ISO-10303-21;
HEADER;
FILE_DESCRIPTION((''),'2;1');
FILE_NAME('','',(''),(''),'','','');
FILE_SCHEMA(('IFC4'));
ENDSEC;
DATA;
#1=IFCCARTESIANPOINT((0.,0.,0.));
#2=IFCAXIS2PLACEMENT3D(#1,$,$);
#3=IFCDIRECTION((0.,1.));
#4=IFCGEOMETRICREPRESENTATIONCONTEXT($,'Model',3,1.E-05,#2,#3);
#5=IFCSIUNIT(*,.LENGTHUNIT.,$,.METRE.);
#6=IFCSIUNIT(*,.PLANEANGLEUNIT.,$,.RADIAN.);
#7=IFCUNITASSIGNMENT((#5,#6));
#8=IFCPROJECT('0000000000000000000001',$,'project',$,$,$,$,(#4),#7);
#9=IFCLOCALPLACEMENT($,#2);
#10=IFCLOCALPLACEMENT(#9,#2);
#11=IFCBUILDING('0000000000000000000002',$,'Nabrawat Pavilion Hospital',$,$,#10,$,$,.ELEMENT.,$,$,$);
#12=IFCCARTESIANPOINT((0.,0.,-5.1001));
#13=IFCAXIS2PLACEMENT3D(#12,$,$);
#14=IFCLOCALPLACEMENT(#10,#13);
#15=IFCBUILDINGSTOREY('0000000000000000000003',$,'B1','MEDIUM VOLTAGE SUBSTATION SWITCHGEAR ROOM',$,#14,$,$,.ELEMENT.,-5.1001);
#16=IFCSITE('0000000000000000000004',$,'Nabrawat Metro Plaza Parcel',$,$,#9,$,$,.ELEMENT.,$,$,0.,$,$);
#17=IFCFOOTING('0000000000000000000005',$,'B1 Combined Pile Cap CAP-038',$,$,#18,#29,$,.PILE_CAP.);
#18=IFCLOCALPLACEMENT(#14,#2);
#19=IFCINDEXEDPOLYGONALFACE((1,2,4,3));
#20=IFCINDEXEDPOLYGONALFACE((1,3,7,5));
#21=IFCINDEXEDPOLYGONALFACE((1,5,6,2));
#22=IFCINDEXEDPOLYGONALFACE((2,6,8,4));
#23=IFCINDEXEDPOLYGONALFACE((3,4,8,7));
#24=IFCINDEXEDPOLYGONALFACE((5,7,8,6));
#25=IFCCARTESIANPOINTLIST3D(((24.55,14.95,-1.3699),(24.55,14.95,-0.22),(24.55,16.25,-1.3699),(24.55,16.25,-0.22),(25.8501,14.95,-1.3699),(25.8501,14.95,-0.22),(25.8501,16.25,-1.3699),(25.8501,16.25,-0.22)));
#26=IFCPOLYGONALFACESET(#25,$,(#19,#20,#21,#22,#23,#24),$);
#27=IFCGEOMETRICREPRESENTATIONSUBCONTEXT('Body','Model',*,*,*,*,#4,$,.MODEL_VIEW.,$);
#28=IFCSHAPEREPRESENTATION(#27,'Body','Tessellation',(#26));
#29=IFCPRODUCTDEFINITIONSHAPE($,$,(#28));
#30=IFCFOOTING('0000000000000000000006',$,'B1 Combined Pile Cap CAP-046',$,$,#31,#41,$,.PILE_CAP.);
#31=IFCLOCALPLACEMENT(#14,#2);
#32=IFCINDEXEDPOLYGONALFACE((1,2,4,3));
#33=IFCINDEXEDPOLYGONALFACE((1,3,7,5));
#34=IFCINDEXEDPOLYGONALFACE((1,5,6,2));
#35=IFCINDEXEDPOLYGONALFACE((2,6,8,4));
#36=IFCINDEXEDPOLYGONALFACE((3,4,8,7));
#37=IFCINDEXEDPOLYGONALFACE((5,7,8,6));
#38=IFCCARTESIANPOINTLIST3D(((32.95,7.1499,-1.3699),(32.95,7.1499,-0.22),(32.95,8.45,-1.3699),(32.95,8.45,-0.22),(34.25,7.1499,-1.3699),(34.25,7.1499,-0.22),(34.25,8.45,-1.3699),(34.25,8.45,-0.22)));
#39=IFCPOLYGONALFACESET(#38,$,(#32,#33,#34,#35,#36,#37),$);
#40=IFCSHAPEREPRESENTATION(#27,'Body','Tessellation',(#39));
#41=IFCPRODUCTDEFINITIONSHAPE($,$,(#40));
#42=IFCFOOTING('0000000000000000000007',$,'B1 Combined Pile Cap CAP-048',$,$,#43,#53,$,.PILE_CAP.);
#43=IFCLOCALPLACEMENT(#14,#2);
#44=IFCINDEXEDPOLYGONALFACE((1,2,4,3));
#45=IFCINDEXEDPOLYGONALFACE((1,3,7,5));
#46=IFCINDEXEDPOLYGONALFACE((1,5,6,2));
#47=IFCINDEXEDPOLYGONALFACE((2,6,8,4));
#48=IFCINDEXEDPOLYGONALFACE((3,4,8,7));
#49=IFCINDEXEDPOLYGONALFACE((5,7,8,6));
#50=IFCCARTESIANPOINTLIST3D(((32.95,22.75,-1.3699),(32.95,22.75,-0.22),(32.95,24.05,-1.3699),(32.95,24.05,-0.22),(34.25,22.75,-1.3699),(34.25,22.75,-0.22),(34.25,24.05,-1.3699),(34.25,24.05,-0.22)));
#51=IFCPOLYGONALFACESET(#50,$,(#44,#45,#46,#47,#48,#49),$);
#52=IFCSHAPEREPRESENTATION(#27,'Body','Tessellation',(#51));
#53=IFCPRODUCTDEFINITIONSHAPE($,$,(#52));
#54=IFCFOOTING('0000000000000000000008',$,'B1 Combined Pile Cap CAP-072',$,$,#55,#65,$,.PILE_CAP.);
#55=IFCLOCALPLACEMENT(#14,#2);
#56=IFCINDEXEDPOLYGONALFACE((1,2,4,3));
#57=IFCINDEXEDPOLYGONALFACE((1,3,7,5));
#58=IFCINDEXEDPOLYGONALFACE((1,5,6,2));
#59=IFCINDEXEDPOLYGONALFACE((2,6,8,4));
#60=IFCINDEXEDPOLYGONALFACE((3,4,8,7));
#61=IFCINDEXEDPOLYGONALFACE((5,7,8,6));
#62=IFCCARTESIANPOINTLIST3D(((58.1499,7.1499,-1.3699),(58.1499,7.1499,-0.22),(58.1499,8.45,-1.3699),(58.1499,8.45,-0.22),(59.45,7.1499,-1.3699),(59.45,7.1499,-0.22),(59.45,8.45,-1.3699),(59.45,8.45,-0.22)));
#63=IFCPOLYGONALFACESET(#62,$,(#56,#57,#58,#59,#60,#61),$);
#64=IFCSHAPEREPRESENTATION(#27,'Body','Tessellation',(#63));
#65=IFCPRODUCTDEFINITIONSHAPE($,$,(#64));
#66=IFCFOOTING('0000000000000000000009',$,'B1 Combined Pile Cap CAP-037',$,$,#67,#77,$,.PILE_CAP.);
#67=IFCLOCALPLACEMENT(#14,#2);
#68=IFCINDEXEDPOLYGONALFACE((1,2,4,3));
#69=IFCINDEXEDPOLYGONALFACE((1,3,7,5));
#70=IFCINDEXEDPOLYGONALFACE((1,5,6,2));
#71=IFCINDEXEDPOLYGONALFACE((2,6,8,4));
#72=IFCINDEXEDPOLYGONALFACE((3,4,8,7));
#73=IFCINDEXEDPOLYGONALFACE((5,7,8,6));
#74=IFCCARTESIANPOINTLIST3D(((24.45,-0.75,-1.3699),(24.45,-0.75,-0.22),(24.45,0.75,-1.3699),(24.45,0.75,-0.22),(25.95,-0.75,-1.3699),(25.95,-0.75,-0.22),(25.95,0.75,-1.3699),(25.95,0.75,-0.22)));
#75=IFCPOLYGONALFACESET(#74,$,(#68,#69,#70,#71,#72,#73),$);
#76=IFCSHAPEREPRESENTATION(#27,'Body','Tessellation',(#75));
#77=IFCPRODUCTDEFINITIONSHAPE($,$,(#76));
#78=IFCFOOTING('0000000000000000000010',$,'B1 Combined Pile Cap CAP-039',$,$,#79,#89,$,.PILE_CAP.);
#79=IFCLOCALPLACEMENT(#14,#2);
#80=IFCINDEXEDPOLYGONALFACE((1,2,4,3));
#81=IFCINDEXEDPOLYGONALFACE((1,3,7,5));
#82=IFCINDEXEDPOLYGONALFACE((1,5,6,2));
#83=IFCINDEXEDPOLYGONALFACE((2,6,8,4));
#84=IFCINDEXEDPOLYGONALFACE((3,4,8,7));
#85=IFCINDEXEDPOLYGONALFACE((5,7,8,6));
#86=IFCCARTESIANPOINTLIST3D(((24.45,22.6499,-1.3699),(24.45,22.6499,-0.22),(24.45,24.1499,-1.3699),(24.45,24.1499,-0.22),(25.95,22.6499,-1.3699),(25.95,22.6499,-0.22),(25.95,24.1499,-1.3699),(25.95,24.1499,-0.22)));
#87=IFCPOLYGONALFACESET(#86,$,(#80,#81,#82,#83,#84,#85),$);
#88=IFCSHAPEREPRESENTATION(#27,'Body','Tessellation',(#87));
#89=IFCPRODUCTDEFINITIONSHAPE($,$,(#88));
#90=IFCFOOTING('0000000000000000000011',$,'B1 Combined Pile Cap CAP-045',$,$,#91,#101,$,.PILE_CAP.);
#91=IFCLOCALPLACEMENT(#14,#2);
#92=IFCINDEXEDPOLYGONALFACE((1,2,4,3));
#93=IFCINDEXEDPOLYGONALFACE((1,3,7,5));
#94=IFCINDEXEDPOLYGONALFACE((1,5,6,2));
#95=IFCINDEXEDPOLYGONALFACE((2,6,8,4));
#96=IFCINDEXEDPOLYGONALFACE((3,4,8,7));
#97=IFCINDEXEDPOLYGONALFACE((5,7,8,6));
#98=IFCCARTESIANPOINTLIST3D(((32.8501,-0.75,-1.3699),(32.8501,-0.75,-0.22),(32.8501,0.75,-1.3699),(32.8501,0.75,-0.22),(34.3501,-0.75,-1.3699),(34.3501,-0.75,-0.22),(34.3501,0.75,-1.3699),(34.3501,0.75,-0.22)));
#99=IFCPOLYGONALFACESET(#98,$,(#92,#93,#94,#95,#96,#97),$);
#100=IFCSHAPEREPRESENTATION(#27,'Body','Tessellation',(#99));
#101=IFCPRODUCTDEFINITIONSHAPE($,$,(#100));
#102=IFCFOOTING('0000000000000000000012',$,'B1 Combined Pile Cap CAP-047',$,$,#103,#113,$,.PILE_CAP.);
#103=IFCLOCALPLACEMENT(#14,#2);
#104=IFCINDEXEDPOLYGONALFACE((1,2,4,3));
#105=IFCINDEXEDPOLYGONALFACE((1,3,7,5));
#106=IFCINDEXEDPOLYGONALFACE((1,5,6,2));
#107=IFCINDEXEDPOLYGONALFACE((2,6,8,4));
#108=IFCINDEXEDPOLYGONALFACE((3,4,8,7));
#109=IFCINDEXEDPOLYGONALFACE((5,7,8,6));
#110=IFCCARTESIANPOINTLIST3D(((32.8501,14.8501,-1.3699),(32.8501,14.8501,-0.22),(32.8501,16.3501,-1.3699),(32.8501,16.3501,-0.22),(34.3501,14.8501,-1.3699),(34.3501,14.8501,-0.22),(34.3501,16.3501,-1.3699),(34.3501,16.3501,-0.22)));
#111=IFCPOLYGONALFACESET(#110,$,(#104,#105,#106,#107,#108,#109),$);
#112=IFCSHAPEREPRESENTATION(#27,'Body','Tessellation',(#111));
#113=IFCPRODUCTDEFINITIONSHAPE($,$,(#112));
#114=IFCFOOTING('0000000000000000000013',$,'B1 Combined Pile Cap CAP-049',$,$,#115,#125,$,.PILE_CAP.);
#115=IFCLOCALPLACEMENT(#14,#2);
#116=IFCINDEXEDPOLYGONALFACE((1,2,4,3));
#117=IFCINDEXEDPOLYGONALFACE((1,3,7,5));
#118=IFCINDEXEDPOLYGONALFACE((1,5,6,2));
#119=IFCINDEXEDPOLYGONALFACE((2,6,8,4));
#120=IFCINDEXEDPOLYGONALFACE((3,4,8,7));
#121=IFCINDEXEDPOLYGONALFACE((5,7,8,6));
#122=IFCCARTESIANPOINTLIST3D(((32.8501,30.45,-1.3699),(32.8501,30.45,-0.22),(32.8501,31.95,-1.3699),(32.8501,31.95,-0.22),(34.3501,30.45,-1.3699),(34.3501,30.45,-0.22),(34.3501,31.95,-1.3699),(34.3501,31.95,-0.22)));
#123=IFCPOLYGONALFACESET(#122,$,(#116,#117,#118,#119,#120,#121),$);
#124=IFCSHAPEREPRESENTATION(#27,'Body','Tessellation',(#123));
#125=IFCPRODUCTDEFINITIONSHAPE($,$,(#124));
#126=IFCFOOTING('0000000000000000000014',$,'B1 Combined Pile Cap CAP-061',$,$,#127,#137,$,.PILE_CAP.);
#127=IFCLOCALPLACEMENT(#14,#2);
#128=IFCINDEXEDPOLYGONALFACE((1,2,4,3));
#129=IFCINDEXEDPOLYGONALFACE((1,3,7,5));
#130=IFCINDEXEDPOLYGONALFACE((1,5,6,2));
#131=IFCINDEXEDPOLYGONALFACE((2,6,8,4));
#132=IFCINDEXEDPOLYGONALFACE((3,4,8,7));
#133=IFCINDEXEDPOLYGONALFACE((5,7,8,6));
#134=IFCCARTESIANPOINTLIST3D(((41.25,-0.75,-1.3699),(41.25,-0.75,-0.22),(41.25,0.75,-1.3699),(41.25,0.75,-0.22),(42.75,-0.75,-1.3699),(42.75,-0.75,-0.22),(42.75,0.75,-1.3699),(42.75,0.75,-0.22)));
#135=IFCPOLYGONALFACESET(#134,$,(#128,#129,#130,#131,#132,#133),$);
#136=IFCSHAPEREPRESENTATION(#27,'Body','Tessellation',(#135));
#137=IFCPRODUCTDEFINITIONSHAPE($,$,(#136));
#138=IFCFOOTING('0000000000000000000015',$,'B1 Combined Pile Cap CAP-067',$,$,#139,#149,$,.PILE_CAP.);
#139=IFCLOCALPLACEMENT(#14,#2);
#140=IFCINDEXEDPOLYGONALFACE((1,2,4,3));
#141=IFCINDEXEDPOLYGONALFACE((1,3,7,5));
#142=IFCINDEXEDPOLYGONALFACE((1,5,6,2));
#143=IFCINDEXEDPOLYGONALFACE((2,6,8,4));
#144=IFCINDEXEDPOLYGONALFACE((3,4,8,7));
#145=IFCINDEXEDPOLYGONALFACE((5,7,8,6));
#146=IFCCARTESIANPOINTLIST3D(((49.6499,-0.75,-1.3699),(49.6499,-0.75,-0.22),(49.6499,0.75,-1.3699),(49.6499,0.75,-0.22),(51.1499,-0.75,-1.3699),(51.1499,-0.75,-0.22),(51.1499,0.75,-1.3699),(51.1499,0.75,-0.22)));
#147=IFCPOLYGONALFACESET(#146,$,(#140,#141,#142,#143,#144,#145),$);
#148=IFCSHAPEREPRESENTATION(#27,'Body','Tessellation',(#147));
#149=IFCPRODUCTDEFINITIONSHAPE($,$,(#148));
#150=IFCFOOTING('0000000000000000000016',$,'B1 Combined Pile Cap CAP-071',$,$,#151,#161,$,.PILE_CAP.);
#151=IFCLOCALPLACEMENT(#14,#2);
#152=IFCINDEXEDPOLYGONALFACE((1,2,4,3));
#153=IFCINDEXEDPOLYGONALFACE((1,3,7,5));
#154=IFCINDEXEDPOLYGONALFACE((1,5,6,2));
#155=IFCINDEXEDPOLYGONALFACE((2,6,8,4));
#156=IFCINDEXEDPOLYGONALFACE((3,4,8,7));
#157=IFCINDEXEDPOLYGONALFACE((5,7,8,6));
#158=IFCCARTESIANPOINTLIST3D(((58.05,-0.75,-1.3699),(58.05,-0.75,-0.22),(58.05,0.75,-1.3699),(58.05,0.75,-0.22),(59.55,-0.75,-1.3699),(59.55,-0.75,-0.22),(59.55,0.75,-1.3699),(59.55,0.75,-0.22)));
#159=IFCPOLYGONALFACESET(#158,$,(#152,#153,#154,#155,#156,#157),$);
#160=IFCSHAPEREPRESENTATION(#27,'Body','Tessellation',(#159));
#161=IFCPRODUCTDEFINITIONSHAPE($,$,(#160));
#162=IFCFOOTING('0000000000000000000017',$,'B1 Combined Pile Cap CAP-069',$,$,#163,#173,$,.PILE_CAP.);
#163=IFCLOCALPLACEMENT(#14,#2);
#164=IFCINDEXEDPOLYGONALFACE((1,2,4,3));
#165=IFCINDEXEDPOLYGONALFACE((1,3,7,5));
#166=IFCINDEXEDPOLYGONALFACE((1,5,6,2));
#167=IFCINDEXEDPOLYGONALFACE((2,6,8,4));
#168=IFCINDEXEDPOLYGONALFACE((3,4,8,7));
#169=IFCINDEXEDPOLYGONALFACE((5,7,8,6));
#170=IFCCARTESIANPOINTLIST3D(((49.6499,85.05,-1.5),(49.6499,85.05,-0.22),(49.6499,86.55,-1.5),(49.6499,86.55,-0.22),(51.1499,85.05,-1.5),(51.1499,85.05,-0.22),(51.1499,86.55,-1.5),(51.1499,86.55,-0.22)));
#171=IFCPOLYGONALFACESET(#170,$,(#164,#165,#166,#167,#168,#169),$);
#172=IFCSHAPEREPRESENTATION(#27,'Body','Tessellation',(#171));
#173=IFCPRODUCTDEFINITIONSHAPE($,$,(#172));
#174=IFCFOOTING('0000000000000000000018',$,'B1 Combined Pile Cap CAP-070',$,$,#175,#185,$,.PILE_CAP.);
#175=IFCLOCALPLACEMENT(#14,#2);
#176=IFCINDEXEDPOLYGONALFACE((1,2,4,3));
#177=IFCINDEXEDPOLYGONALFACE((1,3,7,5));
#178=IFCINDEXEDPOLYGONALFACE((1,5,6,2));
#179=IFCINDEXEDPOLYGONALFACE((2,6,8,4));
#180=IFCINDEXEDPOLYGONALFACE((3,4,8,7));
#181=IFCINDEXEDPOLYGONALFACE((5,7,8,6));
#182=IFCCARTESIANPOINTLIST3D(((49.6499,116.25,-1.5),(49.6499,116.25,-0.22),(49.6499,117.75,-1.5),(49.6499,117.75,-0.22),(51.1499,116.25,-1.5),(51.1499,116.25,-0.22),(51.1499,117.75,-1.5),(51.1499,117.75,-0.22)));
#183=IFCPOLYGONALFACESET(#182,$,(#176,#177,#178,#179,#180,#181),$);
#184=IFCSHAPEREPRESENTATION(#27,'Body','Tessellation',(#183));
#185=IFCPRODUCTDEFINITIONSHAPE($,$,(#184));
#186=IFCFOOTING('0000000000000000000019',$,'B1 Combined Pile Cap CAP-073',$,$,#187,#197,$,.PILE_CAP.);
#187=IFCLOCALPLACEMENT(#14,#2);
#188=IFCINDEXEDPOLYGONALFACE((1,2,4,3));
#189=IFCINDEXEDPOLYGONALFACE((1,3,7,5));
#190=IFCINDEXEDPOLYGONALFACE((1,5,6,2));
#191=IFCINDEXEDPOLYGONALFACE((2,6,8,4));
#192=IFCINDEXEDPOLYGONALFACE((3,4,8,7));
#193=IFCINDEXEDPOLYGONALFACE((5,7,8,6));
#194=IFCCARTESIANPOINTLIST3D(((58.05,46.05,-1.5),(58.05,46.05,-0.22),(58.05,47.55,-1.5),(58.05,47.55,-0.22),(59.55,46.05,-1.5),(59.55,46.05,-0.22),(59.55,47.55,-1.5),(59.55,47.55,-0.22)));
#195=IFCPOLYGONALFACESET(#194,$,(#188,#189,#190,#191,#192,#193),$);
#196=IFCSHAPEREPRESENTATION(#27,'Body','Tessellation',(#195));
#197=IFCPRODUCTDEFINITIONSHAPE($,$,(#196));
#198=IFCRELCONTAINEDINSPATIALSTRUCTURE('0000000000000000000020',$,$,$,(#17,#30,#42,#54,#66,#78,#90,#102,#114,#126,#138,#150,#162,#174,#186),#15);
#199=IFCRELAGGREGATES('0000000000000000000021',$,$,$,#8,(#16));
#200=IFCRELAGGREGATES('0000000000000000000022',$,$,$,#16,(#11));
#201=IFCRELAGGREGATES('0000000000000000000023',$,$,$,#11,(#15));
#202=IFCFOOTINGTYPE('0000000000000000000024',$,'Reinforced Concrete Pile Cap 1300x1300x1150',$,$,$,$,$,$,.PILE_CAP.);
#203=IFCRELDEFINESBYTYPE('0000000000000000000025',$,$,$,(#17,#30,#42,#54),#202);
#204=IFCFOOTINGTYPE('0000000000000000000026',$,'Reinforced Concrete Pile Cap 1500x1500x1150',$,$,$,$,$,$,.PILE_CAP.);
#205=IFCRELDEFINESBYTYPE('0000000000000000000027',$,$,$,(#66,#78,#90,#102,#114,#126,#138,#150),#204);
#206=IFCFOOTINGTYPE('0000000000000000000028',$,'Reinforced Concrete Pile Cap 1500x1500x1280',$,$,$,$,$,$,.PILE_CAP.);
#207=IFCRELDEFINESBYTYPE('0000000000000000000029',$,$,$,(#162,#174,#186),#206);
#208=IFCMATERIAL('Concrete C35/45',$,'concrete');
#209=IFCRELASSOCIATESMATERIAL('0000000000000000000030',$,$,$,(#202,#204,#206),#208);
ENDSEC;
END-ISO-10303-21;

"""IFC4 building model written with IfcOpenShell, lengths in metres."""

from ifc_helpers import new_model, si_unit, direction, frame, origin, place, context, subcontext, project, spatial, polyline, outline, extrude, material, type_object, element, save


model = new_model("IFC4")

# Units and contexts
model_context = context("Model", 3, precision=1e-05, world=origin(), true_north=direction((0.0, 1.0)))
body_context = subcontext(model_context, "Body", "Model", "MODEL_VIEW")
ifc_project = project(units=[si_unit("LENGTHUNIT", "METRE"), si_unit("PLANEANGLEUNIT", "RADIAN")], contexts=[model_context])

# Site, building, storey
site_placement = place(None, origin())
site = spatial("IfcSite", under=ifc_project, at=site_placement, Name="Nabrawat Metro Plaza Parcel", CompositionType="ELEMENT", RefElevation=0.0)
building_placement = place(site_placement, origin())
building = spatial("IfcBuilding", under=site, at=building_placement, Name="Nabrawat Pavilion Hospital", CompositionType="ELEMENT")
storey_placement = place(building_placement, frame((0.0, 0.0, -5.1001)))
storey = spatial("IfcBuildingStorey", under=building, at=storey_placement, Name="B1", Description="MEDIUM VOLTAGE SUBSTATION SWITCHGEAR ROOM", CompositionType="ELEMENT", Elevation=-5.1001)

# Footings
ifc_material = material(Name="Concrete C35/45", Category="concrete")
footing_type_1 = type_object("IfcFootingType", Name="Reinforced Concrete Pile Cap 1300x1300x1150", PredefinedType="PILE_CAP", material=ifc_material)
footing_1_placement = place(storey_placement, frame((0.0, 0.0, -1.3699)))
element("IfcFooting", 1, at=footing_1_placement, inside=storey, type_object=footing_type_1, Name="B1 Combined Pile Cap CAP-038", PredefinedType="PILE_CAP", context=body_context, shape_type="SweptSolid", body=[
    extrude(outline(polyline([(25.8501, 14.95), (25.8501, 16.25), (24.55, 16.25), (24.55, 14.95), (25.8501, 14.95)])), origin(), (0.0, 0.0, 1.0), 1.1499),
])
footing_2_placement = place(storey_placement, frame((0.0, 0.0, -1.3699)))
element("IfcFooting", 2, at=footing_2_placement, inside=storey, type_object=footing_type_1, Name="B1 Combined Pile Cap CAP-046", PredefinedType="PILE_CAP", context=body_context, shape_type="SweptSolid", body=[
    extrude(outline(polyline([(34.25, 7.1499), (34.25, 8.45), (32.95, 8.45), (32.95, 7.1499), (34.25, 7.1499)])), origin(), (0.0, 0.0, 1.0), 1.1499),
])
footing_3_placement = place(storey_placement, frame((0.0, 0.0, -1.3699)))
element("IfcFooting", 3, at=footing_3_placement, inside=storey, type_object=footing_type_1, Name="B1 Combined Pile Cap CAP-048", PredefinedType="PILE_CAP", context=body_context, shape_type="SweptSolid", body=[
    extrude(outline(polyline([(34.25, 22.75), (34.25, 24.05), (32.95, 24.05), (32.95, 22.75), (34.25, 22.75)])), origin(), (0.0, 0.0, 1.0), 1.1499),
])
footing_4_placement = place(storey_placement, frame((0.0, 0.0, -1.3699)))
element("IfcFooting", 4, at=footing_4_placement, inside=storey, type_object=footing_type_1, Name="B1 Combined Pile Cap CAP-072", PredefinedType="PILE_CAP", context=body_context, shape_type="SweptSolid", body=[
    extrude(outline(polyline([(59.45, 7.1499), (59.45, 8.45), (58.1499, 8.45), (58.1499, 7.1499), (59.45, 7.1499)])), origin(), (0.0, 0.0, 1.0), 1.1499),
])
footing_type_2 = type_object("IfcFootingType", Name="Reinforced Concrete Pile Cap 1500x1500x1150", PredefinedType="PILE_CAP", material=ifc_material)
footing_5_placement = place(storey_placement, frame((0.0, 0.0, -1.3699)))
element("IfcFooting", 5, at=footing_5_placement, inside=storey, type_object=footing_type_2, Name="B1 Combined Pile Cap CAP-037", PredefinedType="PILE_CAP", context=body_context, shape_type="SweptSolid", body=[
    extrude(outline(polyline([(25.95, -0.75), (25.95, 0.75), (24.45, 0.75), (24.45, -0.75), (25.95, -0.75)])), origin(), (0.0, 0.0, 1.0), 1.1499),
])
footing_6_placement = place(storey_placement, frame((0.0, 0.0, -1.3699)))
element("IfcFooting", 6, at=footing_6_placement, inside=storey, type_object=footing_type_2, Name="B1 Combined Pile Cap CAP-039", PredefinedType="PILE_CAP", context=body_context, shape_type="SweptSolid", body=[
    extrude(outline(polyline([(25.95, 22.6499), (25.95, 24.1499), (24.45, 24.1499), (24.45, 22.6499), (25.95, 22.6499)])), origin(), (0.0, 0.0, 1.0), 1.1499),
])
footing_7_placement = place(storey_placement, frame((0.0, 0.0, -1.3699)))
element("IfcFooting", 7, at=footing_7_placement, inside=storey, type_object=footing_type_2, Name="B1 Combined Pile Cap CAP-045", PredefinedType="PILE_CAP", context=body_context, shape_type="SweptSolid", body=[
    extrude(outline(polyline([(34.3501, -0.75), (34.3501, 0.75), (32.8501, 0.75), (32.8501, -0.75), (34.3501, -0.75)])), origin(), (0.0, 0.0, 1.0), 1.1499),
])
footing_8_placement = place(storey_placement, frame((0.0, 0.0, -1.3699)))
element("IfcFooting", 8, at=footing_8_placement, inside=storey, type_object=footing_type_2, Name="B1 Combined Pile Cap CAP-047", PredefinedType="PILE_CAP", context=body_context, shape_type="SweptSolid", body=[
    extrude(outline(polyline([(34.3501, 14.8501), (34.3501, 16.3501), (32.8501, 16.3501), (32.8501, 14.8501), (34.3501, 14.8501)])), origin(), (0.0, 0.0, 1.0), 1.1499),
])
footing_9_placement = place(storey_placement, frame((0.0, 0.0, -1.3699)))
element("IfcFooting", 9, at=footing_9_placement, inside=storey, type_object=footing_type_2, Name="B1 Combined Pile Cap CAP-049", PredefinedType="PILE_CAP", context=body_context, shape_type="SweptSolid", body=[
    extrude(outline(polyline([(34.3501, 30.45), (34.3501, 31.95), (32.8501, 31.95), (32.8501, 30.45), (34.3501, 30.45)])), origin(), (0.0, 0.0, 1.0), 1.1499),
])
footing_10_placement = place(storey_placement, frame((0.0, 0.0, -1.3699)))
element("IfcFooting", 10, at=footing_10_placement, inside=storey, type_object=footing_type_2, Name="B1 Combined Pile Cap CAP-061", PredefinedType="PILE_CAP", context=body_context, shape_type="SweptSolid", body=[
    extrude(outline(polyline([(42.75, -0.75), (42.75, 0.75), (41.25, 0.75), (41.25, -0.75), (42.75, -0.75)])), origin(), (0.0, 0.0, 1.0), 1.1499),
])
footing_11_placement = place(storey_placement, frame((0.0, 0.0, -1.3699)))
element("IfcFooting", 11, at=footing_11_placement, inside=storey, type_object=footing_type_2, Name="B1 Combined Pile Cap CAP-067", PredefinedType="PILE_CAP", context=body_context, shape_type="SweptSolid", body=[
    extrude(outline(polyline([(51.1499, -0.75), (51.1499, 0.75), (49.6499, 0.75), (49.6499, -0.75), (51.1499, -0.75)])), origin(), (0.0, 0.0, 1.0), 1.1499),
])
footing_12_placement = place(storey_placement, frame((0.0, 0.0, -1.3699)))
element("IfcFooting", 12, at=footing_12_placement, inside=storey, type_object=footing_type_2, Name="B1 Combined Pile Cap CAP-071", PredefinedType="PILE_CAP", context=body_context, shape_type="SweptSolid", body=[
    extrude(outline(polyline([(59.55, -0.75), (59.55, 0.75), (58.05, 0.75), (58.05, -0.75), (59.55, -0.75)])), origin(), (0.0, 0.0, 1.0), 1.1499),
])
footing_type_3 = type_object("IfcFootingType", Name="Reinforced Concrete Pile Cap 1500x1500x1280", PredefinedType="PILE_CAP", material=ifc_material)
footing_13_placement = place(storey_placement, frame((0.0, 0.0, -1.5)))
element("IfcFooting", 13, at=footing_13_placement, inside=storey, type_object=footing_type_3, Name="B1 Combined Pile Cap CAP-069", PredefinedType="PILE_CAP", context=body_context, shape_type="SweptSolid", body=[
    extrude(outline(polyline([(51.1499, 85.05), (51.1499, 86.55), (49.6499, 86.55), (49.6499, 85.05), (51.1499, 85.05)])), origin(), (0.0, 0.0, 1.0), 1.28),
])
footing_14_placement = place(storey_placement, frame((0.0, 0.0, -1.5)))
element("IfcFooting", 14, at=footing_14_placement, inside=storey, type_object=footing_type_3, Name="B1 Combined Pile Cap CAP-070", PredefinedType="PILE_CAP", context=body_context, shape_type="SweptSolid", body=[
    extrude(outline(polyline([(51.1499, 116.25), (51.1499, 117.75), (49.6499, 117.75), (49.6499, 116.25), (51.1499, 116.25)])), origin(), (0.0, 0.0, 1.0), 1.28),
])
footing_15_placement = place(storey_placement, frame((0.0, 0.0, -1.5)))
element("IfcFooting", 15, at=footing_15_placement, inside=storey, type_object=footing_type_3, Name="B1 Combined Pile Cap CAP-073", PredefinedType="PILE_CAP", context=body_context, shape_type="SweptSolid", body=[
    extrude(outline(polyline([(59.55, 46.05), (59.55, 47.55), (58.05, 47.55), (58.05, 46.05), (59.55, 46.05)])), origin(), (0.0, 0.0, 1.0), 1.28),
])

save(model, "model.ifc")
